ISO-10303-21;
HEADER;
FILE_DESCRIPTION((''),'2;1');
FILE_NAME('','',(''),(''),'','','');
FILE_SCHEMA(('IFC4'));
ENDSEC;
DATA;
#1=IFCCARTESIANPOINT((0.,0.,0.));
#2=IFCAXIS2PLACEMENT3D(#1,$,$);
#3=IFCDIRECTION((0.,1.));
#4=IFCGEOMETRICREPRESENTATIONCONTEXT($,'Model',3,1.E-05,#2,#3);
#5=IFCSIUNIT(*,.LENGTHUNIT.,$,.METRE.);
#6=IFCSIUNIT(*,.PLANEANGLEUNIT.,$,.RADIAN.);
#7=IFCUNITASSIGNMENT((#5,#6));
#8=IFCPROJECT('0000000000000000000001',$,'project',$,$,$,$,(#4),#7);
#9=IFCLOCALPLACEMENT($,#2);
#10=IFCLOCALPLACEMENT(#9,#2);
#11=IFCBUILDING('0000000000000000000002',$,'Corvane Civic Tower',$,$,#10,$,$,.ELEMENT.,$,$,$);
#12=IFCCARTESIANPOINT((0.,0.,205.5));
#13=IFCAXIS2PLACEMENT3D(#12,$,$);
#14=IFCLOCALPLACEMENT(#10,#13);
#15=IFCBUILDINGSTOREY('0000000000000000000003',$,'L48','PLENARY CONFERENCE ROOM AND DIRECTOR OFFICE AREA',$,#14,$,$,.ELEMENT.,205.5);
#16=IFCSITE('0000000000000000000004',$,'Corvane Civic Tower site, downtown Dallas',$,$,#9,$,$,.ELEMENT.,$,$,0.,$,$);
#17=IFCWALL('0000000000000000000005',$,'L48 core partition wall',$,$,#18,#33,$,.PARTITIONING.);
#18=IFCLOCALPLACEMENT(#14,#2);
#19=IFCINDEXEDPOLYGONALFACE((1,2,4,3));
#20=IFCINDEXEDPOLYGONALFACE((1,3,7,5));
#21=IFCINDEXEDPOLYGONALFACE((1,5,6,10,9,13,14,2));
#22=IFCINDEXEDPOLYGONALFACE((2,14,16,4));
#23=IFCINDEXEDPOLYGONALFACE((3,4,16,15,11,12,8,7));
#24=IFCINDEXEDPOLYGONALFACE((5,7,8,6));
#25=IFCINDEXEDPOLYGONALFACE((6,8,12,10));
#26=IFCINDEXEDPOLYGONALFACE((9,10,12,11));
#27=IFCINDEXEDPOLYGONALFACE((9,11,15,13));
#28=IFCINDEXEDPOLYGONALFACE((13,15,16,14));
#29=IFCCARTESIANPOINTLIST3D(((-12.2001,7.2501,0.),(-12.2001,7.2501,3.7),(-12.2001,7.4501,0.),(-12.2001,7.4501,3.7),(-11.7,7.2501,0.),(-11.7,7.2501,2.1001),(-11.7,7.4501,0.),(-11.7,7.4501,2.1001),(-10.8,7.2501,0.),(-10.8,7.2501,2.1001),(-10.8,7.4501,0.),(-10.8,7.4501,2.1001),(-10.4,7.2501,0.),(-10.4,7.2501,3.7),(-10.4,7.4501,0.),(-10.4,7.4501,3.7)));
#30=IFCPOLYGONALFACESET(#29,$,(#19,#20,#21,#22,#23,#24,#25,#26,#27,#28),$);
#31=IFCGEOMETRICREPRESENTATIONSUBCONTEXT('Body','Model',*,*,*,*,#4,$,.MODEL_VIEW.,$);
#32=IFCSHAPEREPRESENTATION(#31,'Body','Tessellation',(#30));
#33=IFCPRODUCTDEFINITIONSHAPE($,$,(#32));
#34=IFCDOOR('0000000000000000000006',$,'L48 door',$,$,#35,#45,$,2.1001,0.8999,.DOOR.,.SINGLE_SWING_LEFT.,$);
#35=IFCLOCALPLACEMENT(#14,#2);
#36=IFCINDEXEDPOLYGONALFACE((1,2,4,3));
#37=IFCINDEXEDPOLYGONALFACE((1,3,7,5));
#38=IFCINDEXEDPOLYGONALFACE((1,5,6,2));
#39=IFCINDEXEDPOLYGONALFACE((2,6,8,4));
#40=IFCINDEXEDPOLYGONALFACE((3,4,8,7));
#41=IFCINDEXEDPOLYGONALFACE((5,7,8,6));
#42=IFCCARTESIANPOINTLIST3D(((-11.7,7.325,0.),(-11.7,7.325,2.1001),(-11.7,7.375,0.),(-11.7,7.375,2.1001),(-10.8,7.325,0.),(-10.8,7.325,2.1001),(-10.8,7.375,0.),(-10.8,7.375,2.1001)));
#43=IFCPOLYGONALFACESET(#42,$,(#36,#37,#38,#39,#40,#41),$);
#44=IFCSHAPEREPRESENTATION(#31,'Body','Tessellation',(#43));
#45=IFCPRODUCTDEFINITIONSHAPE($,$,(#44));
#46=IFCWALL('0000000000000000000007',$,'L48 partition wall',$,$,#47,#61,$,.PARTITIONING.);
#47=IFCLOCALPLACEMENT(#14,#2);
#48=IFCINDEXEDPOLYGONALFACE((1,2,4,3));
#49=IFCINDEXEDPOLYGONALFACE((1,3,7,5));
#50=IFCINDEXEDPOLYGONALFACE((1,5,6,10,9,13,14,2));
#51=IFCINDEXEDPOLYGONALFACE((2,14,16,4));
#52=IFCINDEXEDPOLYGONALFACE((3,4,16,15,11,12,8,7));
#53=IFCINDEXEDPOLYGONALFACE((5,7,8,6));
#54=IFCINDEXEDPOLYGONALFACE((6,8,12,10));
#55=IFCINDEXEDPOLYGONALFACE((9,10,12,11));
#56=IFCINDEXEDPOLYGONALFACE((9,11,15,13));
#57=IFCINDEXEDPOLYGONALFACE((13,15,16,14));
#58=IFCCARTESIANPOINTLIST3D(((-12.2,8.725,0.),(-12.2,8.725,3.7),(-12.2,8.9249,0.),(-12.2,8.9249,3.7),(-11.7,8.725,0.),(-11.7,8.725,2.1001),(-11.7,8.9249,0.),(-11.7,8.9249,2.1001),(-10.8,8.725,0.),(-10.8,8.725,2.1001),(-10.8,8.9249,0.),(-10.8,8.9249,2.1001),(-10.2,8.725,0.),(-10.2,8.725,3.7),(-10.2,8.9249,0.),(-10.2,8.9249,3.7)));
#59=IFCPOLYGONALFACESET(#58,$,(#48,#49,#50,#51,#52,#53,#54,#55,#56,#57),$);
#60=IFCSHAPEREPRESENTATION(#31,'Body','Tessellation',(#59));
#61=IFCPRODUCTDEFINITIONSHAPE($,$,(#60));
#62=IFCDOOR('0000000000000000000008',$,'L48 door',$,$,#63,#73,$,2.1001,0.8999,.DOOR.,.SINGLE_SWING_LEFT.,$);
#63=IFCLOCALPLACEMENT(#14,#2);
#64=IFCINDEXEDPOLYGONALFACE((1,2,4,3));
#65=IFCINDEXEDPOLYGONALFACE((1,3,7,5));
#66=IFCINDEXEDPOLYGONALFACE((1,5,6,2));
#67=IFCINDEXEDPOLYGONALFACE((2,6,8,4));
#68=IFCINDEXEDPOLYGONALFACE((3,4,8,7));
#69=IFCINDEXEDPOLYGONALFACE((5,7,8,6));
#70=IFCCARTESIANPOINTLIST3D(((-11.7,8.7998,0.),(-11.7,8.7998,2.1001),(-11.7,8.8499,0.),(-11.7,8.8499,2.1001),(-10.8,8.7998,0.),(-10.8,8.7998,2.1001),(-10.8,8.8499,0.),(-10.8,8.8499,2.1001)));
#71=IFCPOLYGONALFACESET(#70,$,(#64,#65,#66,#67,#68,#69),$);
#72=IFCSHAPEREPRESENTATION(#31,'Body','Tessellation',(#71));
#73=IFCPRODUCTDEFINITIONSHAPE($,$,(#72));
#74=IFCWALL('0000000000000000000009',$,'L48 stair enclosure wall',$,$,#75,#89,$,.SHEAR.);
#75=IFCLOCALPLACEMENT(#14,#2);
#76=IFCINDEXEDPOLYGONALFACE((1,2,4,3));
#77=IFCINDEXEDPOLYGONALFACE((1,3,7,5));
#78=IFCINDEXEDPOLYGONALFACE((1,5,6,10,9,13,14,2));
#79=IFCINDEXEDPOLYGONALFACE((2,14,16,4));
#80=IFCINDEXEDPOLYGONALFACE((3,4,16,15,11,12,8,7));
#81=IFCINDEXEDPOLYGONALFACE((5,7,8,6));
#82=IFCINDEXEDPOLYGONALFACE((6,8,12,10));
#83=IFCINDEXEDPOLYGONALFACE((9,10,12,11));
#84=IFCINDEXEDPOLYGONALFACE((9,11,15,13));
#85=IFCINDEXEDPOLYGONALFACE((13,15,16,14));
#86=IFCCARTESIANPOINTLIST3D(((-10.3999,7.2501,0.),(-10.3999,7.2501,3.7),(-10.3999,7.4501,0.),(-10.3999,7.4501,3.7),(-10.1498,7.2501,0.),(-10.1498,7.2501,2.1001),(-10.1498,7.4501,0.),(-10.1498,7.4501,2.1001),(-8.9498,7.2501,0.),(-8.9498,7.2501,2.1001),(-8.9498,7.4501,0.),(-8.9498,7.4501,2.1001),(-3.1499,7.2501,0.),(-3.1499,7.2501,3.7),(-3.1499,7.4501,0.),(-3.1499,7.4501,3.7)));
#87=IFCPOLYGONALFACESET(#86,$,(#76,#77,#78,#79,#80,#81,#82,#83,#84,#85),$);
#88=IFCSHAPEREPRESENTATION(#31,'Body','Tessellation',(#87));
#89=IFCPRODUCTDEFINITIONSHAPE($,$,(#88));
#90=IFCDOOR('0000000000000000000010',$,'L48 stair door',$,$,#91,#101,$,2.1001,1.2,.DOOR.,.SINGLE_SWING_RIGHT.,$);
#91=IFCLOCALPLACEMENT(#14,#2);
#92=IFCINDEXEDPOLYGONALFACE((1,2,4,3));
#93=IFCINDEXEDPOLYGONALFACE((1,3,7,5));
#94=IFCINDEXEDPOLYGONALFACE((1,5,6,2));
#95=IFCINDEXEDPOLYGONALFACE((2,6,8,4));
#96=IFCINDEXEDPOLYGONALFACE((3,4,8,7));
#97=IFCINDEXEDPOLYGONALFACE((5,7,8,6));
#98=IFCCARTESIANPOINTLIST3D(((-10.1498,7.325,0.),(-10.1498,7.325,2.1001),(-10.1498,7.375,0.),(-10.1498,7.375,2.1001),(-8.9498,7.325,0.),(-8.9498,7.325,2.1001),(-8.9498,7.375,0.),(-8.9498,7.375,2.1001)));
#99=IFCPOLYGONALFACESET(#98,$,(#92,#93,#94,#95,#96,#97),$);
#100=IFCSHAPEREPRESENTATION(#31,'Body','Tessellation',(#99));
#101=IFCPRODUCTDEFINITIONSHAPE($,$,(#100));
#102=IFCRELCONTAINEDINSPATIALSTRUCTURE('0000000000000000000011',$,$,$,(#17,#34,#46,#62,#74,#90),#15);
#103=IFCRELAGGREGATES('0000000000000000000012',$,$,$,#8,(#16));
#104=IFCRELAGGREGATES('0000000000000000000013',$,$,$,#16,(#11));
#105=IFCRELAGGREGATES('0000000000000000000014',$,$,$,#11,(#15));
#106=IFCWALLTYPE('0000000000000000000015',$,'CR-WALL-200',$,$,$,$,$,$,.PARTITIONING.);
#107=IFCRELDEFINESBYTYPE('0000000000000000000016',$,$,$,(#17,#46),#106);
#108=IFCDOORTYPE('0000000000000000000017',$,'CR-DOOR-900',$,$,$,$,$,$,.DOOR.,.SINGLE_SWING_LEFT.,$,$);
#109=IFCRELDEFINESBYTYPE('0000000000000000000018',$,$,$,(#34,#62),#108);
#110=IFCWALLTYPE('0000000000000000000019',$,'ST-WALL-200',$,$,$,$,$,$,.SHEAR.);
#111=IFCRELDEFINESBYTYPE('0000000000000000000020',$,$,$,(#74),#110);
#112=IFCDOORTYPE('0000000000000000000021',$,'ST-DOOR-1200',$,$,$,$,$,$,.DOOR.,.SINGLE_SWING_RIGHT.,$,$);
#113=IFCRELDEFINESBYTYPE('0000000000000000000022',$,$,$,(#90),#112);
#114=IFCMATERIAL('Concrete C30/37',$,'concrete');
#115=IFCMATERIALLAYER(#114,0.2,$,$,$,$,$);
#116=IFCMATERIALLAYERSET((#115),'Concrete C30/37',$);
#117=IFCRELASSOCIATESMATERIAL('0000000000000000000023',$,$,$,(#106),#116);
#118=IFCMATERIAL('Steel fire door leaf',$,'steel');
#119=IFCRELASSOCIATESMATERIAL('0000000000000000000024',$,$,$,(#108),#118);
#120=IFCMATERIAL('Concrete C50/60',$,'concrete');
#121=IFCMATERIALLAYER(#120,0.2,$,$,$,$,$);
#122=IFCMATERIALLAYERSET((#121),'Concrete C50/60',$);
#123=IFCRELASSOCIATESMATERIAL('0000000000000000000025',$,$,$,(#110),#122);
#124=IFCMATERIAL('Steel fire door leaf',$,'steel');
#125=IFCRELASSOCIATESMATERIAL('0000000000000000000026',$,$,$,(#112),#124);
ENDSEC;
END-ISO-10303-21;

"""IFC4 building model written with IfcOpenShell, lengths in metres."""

from ifc_helpers import new_model, si_unit, direction, frame, frame_2d, origin, place, context, subcontext, project, spatial, rectangle, extrude, material, layer, layer_set, type_object, element, fill, save


model = new_model("IFC4")

# Units and contexts
model_context = context("Model", 3, precision=1e-05, world=origin(), true_north=direction((0.0, 1.0)))
body_context = subcontext(model_context, "Body", "Model", "MODEL_VIEW")
ifc_project = project(units=[si_unit("LENGTHUNIT", "METRE"), si_unit("PLANEANGLEUNIT", "RADIAN")], contexts=[model_context])

# Site, building, storey
site_placement = place(None, origin())
site = spatial("IfcSite", under=ifc_project, at=site_placement, Name="Corvane Civic Tower site, downtown Dallas", CompositionType="ELEMENT", RefElevation=0.0)
building_placement = place(site_placement, origin())
building = spatial("IfcBuilding", under=site, at=building_placement, Name="Corvane Civic Tower", CompositionType="ELEMENT")
storey_placement = place(building_placement, frame((0.0, 0.0, 205.5)))
storey = spatial("IfcBuildingStorey", under=building, at=storey_placement, Name="L48", Description="PLENARY CONFERENCE ROOM AND DIRECTOR OFFICE AREA", CompositionType="ELEMENT", Elevation=205.5)

# Shared definitions
ifc_material_1 = material(Name="Concrete C30/37", Category="concrete")
ifc_layer_1 = layer(ifc_material_1, 0.2)
ifc_layer_set_1 = layer_set([ifc_layer_1], Name="Concrete C30/37")
wall_type_1 = type_object("IfcWallType", Name="CR-WALL-200", PredefinedType="PARTITIONING", material=ifc_layer_set_1)
ifc_material_2 = material(Name="Steel fire door leaf", Category="steel")
door_type_1 = type_object("IfcDoorType", Name="CR-DOOR-900", OperationType="SINGLE_SWING_LEFT", PredefinedType="DOOR", material=ifc_material_2)

# Walls, openings, doors
wall_1_placement = place(storey_placement, frame((-12.2, 7.3501, 0.0), z_axis=(0.0, 0.0, 1.0), x_axis=(1.0, 0.0, 0.0)))
wall_1 = element("IfcWall", 1, at=wall_1_placement, inside=storey, type_object=wall_type_1, Name="L48 core partition wall", PredefinedType="PARTITIONING", context=body_context, shape_type="SweptSolid", body=[
    extrude(rectangle(XDim=1.8, YDim=0.2, at=frame_2d((0.8999, 0.0))), origin(), (0.0, 0.0, 1.0), 3.7),
])
opening_1_placement = place(wall_1_placement, frame((0.5, 0.0, 0.0)))
opening_1 = element("IfcOpeningElement", 2, at=opening_1_placement, cuts=wall_1, PredefinedType="OPENING", context=body_context, shape_type="SweptSolid", body=[
    extrude(rectangle(XDim=0.8999, YDim=2.1001, at=frame_2d((0.45, 1.05))), frame((0.0, 0.1099, 0.0), z_axis=(0.0, -1.0, 0.0), x_axis=(1.0, 0.0, 0.0)), (0.0, 0.0, 1.0), 0.22),
])
door_1_placement = place(opening_1_placement, origin())
door_1 = element("IfcDoor", 3, at=door_1_placement, inside=storey, type_object=door_type_1, Name="L48 door", OperationType="SINGLE_SWING_LEFT", OverallHeight=2.1001, OverallWidth=0.8999, PredefinedType="DOOR", context=body_context, shape_type="SweptSolid", body=[
    extrude(rectangle(XDim=0.8999, YDim=2.1001, at=frame_2d((0.45, 1.05))), frame((0.0, 0.0249, 0.0), z_axis=(0.0, -1.0, 0.0), x_axis=(1.0, 0.0, 0.0)), (0.0, 0.0, 1.0), 0.05),
])
fill(opening_1, door_1)
wall_2_placement = place(storey_placement, frame((-12.2, 8.825, 0.0), z_axis=(0.0, 0.0, 1.0), x_axis=(1.0, 0.0, 0.0)))
wall_2 = element("IfcWall", 4, at=wall_2_placement, inside=storey, type_object=wall_type_1, Name="L48 partition wall", PredefinedType="PARTITIONING", context=body_context, shape_type="SweptSolid", body=[
    extrude(rectangle(XDim=2.0, YDim=0.2, at=frame_2d((1.0, 0.0))), origin(), (0.0, 0.0, 1.0), 3.7),
])
opening_2_placement = place(wall_2_placement, frame((0.5, 0.0, 0.0)))
opening_2 = element("IfcOpeningElement", 5, at=opening_2_placement, cuts=wall_2, PredefinedType="OPENING", context=body_context, shape_type="SweptSolid", body=[
    extrude(rectangle(XDim=0.8999, YDim=2.1001, at=frame_2d((0.45, 1.05))), frame((0.0, 0.1099, 0.0), z_axis=(0.0, -1.0, 0.0), x_axis=(1.0, 0.0, 0.0)), (0.0, 0.0, 1.0), 0.22),
])
door_2_placement = place(opening_2_placement, origin())
door_2 = element("IfcDoor", 6, at=door_2_placement, inside=storey, type_object=door_type_1, Name="L48 door", OperationType="SINGLE_SWING_LEFT", OverallHeight=2.1001, OverallWidth=0.8999, PredefinedType="DOOR", context=body_context, shape_type="SweptSolid", body=[
    extrude(rectangle(XDim=0.8999, YDim=2.1001, at=frame_2d((0.45, 1.05))), frame((0.0, 0.0249, 0.0), z_axis=(0.0, -1.0, 0.0), x_axis=(1.0, 0.0, 0.0)), (0.0, 0.0, 1.0), 0.05),
])
fill(opening_2, door_2)
ifc_material_3 = material(Name="Concrete C50/60", Category="concrete")
ifc_layer_2 = layer(ifc_material_3, 0.2)
ifc_layer_set_2 = layer_set([ifc_layer_2], Name="Concrete C50/60")
wall_type_2 = type_object("IfcWallType", Name="ST-WALL-200", PredefinedType="SHEAR", material=ifc_layer_set_2)
wall_3_placement = place(storey_placement, frame((-10.3999, 7.3501, 0.0), z_axis=(0.0, 0.0, 1.0), x_axis=(1.0, 0.0, 0.0)))
wall_3 = element("IfcWall", 7, at=wall_3_placement, inside=storey, type_object=wall_type_2, Name="L48 stair enclosure wall", PredefinedType="SHEAR", context=body_context, shape_type="SweptSolid", body=[
    extrude(rectangle(XDim=7.25, YDim=0.2, at=frame_2d((3.625, 0.0))), origin(), (0.0, 0.0, 1.0), 3.7),
])
opening_3_placement = place(wall_3_placement, frame((0.25, 0.0, 0.0)))
opening_3 = element("IfcOpeningElement", 8, at=opening_3_placement, cuts=wall_3, PredefinedType="OPENING", context=body_context, shape_type="SweptSolid", body=[
    extrude(rectangle(XDim=1.2, YDim=2.1001, at=frame_2d((0.6001, 1.05))), frame((0.0, 0.1099, 0.0), z_axis=(0.0, -1.0, 0.0), x_axis=(1.0, 0.0, 0.0)), (0.0, 0.0, 1.0), 0.22),
])
ifc_material_4 = material(Name="Steel fire door leaf", Category="steel")
door_type_2 = type_object("IfcDoorType", Name="ST-DOOR-1200", OperationType="SINGLE_SWING_RIGHT", PredefinedType="DOOR", material=ifc_material_4)
door_3_placement = place(opening_3_placement, origin())
door_3 = element("IfcDoor", 9, at=door_3_placement, inside=storey, type_object=door_type_2, Name="L48 stair door", OperationType="SINGLE_SWING_RIGHT", OverallHeight=2.1001, OverallWidth=1.2, PredefinedType="DOOR", context=body_context, shape_type="SweptSolid", body=[
    extrude(rectangle(XDim=1.2, YDim=2.1001, at=frame_2d((0.6001, 1.05))), frame((0.0, 0.0249, 0.0), z_axis=(0.0, -1.0, 0.0), x_axis=(1.0, 0.0, 0.0)), (0.0, 0.0, 1.0), 0.05),
])
fill(opening_3, door_3)

save(model, "model.ifc")
